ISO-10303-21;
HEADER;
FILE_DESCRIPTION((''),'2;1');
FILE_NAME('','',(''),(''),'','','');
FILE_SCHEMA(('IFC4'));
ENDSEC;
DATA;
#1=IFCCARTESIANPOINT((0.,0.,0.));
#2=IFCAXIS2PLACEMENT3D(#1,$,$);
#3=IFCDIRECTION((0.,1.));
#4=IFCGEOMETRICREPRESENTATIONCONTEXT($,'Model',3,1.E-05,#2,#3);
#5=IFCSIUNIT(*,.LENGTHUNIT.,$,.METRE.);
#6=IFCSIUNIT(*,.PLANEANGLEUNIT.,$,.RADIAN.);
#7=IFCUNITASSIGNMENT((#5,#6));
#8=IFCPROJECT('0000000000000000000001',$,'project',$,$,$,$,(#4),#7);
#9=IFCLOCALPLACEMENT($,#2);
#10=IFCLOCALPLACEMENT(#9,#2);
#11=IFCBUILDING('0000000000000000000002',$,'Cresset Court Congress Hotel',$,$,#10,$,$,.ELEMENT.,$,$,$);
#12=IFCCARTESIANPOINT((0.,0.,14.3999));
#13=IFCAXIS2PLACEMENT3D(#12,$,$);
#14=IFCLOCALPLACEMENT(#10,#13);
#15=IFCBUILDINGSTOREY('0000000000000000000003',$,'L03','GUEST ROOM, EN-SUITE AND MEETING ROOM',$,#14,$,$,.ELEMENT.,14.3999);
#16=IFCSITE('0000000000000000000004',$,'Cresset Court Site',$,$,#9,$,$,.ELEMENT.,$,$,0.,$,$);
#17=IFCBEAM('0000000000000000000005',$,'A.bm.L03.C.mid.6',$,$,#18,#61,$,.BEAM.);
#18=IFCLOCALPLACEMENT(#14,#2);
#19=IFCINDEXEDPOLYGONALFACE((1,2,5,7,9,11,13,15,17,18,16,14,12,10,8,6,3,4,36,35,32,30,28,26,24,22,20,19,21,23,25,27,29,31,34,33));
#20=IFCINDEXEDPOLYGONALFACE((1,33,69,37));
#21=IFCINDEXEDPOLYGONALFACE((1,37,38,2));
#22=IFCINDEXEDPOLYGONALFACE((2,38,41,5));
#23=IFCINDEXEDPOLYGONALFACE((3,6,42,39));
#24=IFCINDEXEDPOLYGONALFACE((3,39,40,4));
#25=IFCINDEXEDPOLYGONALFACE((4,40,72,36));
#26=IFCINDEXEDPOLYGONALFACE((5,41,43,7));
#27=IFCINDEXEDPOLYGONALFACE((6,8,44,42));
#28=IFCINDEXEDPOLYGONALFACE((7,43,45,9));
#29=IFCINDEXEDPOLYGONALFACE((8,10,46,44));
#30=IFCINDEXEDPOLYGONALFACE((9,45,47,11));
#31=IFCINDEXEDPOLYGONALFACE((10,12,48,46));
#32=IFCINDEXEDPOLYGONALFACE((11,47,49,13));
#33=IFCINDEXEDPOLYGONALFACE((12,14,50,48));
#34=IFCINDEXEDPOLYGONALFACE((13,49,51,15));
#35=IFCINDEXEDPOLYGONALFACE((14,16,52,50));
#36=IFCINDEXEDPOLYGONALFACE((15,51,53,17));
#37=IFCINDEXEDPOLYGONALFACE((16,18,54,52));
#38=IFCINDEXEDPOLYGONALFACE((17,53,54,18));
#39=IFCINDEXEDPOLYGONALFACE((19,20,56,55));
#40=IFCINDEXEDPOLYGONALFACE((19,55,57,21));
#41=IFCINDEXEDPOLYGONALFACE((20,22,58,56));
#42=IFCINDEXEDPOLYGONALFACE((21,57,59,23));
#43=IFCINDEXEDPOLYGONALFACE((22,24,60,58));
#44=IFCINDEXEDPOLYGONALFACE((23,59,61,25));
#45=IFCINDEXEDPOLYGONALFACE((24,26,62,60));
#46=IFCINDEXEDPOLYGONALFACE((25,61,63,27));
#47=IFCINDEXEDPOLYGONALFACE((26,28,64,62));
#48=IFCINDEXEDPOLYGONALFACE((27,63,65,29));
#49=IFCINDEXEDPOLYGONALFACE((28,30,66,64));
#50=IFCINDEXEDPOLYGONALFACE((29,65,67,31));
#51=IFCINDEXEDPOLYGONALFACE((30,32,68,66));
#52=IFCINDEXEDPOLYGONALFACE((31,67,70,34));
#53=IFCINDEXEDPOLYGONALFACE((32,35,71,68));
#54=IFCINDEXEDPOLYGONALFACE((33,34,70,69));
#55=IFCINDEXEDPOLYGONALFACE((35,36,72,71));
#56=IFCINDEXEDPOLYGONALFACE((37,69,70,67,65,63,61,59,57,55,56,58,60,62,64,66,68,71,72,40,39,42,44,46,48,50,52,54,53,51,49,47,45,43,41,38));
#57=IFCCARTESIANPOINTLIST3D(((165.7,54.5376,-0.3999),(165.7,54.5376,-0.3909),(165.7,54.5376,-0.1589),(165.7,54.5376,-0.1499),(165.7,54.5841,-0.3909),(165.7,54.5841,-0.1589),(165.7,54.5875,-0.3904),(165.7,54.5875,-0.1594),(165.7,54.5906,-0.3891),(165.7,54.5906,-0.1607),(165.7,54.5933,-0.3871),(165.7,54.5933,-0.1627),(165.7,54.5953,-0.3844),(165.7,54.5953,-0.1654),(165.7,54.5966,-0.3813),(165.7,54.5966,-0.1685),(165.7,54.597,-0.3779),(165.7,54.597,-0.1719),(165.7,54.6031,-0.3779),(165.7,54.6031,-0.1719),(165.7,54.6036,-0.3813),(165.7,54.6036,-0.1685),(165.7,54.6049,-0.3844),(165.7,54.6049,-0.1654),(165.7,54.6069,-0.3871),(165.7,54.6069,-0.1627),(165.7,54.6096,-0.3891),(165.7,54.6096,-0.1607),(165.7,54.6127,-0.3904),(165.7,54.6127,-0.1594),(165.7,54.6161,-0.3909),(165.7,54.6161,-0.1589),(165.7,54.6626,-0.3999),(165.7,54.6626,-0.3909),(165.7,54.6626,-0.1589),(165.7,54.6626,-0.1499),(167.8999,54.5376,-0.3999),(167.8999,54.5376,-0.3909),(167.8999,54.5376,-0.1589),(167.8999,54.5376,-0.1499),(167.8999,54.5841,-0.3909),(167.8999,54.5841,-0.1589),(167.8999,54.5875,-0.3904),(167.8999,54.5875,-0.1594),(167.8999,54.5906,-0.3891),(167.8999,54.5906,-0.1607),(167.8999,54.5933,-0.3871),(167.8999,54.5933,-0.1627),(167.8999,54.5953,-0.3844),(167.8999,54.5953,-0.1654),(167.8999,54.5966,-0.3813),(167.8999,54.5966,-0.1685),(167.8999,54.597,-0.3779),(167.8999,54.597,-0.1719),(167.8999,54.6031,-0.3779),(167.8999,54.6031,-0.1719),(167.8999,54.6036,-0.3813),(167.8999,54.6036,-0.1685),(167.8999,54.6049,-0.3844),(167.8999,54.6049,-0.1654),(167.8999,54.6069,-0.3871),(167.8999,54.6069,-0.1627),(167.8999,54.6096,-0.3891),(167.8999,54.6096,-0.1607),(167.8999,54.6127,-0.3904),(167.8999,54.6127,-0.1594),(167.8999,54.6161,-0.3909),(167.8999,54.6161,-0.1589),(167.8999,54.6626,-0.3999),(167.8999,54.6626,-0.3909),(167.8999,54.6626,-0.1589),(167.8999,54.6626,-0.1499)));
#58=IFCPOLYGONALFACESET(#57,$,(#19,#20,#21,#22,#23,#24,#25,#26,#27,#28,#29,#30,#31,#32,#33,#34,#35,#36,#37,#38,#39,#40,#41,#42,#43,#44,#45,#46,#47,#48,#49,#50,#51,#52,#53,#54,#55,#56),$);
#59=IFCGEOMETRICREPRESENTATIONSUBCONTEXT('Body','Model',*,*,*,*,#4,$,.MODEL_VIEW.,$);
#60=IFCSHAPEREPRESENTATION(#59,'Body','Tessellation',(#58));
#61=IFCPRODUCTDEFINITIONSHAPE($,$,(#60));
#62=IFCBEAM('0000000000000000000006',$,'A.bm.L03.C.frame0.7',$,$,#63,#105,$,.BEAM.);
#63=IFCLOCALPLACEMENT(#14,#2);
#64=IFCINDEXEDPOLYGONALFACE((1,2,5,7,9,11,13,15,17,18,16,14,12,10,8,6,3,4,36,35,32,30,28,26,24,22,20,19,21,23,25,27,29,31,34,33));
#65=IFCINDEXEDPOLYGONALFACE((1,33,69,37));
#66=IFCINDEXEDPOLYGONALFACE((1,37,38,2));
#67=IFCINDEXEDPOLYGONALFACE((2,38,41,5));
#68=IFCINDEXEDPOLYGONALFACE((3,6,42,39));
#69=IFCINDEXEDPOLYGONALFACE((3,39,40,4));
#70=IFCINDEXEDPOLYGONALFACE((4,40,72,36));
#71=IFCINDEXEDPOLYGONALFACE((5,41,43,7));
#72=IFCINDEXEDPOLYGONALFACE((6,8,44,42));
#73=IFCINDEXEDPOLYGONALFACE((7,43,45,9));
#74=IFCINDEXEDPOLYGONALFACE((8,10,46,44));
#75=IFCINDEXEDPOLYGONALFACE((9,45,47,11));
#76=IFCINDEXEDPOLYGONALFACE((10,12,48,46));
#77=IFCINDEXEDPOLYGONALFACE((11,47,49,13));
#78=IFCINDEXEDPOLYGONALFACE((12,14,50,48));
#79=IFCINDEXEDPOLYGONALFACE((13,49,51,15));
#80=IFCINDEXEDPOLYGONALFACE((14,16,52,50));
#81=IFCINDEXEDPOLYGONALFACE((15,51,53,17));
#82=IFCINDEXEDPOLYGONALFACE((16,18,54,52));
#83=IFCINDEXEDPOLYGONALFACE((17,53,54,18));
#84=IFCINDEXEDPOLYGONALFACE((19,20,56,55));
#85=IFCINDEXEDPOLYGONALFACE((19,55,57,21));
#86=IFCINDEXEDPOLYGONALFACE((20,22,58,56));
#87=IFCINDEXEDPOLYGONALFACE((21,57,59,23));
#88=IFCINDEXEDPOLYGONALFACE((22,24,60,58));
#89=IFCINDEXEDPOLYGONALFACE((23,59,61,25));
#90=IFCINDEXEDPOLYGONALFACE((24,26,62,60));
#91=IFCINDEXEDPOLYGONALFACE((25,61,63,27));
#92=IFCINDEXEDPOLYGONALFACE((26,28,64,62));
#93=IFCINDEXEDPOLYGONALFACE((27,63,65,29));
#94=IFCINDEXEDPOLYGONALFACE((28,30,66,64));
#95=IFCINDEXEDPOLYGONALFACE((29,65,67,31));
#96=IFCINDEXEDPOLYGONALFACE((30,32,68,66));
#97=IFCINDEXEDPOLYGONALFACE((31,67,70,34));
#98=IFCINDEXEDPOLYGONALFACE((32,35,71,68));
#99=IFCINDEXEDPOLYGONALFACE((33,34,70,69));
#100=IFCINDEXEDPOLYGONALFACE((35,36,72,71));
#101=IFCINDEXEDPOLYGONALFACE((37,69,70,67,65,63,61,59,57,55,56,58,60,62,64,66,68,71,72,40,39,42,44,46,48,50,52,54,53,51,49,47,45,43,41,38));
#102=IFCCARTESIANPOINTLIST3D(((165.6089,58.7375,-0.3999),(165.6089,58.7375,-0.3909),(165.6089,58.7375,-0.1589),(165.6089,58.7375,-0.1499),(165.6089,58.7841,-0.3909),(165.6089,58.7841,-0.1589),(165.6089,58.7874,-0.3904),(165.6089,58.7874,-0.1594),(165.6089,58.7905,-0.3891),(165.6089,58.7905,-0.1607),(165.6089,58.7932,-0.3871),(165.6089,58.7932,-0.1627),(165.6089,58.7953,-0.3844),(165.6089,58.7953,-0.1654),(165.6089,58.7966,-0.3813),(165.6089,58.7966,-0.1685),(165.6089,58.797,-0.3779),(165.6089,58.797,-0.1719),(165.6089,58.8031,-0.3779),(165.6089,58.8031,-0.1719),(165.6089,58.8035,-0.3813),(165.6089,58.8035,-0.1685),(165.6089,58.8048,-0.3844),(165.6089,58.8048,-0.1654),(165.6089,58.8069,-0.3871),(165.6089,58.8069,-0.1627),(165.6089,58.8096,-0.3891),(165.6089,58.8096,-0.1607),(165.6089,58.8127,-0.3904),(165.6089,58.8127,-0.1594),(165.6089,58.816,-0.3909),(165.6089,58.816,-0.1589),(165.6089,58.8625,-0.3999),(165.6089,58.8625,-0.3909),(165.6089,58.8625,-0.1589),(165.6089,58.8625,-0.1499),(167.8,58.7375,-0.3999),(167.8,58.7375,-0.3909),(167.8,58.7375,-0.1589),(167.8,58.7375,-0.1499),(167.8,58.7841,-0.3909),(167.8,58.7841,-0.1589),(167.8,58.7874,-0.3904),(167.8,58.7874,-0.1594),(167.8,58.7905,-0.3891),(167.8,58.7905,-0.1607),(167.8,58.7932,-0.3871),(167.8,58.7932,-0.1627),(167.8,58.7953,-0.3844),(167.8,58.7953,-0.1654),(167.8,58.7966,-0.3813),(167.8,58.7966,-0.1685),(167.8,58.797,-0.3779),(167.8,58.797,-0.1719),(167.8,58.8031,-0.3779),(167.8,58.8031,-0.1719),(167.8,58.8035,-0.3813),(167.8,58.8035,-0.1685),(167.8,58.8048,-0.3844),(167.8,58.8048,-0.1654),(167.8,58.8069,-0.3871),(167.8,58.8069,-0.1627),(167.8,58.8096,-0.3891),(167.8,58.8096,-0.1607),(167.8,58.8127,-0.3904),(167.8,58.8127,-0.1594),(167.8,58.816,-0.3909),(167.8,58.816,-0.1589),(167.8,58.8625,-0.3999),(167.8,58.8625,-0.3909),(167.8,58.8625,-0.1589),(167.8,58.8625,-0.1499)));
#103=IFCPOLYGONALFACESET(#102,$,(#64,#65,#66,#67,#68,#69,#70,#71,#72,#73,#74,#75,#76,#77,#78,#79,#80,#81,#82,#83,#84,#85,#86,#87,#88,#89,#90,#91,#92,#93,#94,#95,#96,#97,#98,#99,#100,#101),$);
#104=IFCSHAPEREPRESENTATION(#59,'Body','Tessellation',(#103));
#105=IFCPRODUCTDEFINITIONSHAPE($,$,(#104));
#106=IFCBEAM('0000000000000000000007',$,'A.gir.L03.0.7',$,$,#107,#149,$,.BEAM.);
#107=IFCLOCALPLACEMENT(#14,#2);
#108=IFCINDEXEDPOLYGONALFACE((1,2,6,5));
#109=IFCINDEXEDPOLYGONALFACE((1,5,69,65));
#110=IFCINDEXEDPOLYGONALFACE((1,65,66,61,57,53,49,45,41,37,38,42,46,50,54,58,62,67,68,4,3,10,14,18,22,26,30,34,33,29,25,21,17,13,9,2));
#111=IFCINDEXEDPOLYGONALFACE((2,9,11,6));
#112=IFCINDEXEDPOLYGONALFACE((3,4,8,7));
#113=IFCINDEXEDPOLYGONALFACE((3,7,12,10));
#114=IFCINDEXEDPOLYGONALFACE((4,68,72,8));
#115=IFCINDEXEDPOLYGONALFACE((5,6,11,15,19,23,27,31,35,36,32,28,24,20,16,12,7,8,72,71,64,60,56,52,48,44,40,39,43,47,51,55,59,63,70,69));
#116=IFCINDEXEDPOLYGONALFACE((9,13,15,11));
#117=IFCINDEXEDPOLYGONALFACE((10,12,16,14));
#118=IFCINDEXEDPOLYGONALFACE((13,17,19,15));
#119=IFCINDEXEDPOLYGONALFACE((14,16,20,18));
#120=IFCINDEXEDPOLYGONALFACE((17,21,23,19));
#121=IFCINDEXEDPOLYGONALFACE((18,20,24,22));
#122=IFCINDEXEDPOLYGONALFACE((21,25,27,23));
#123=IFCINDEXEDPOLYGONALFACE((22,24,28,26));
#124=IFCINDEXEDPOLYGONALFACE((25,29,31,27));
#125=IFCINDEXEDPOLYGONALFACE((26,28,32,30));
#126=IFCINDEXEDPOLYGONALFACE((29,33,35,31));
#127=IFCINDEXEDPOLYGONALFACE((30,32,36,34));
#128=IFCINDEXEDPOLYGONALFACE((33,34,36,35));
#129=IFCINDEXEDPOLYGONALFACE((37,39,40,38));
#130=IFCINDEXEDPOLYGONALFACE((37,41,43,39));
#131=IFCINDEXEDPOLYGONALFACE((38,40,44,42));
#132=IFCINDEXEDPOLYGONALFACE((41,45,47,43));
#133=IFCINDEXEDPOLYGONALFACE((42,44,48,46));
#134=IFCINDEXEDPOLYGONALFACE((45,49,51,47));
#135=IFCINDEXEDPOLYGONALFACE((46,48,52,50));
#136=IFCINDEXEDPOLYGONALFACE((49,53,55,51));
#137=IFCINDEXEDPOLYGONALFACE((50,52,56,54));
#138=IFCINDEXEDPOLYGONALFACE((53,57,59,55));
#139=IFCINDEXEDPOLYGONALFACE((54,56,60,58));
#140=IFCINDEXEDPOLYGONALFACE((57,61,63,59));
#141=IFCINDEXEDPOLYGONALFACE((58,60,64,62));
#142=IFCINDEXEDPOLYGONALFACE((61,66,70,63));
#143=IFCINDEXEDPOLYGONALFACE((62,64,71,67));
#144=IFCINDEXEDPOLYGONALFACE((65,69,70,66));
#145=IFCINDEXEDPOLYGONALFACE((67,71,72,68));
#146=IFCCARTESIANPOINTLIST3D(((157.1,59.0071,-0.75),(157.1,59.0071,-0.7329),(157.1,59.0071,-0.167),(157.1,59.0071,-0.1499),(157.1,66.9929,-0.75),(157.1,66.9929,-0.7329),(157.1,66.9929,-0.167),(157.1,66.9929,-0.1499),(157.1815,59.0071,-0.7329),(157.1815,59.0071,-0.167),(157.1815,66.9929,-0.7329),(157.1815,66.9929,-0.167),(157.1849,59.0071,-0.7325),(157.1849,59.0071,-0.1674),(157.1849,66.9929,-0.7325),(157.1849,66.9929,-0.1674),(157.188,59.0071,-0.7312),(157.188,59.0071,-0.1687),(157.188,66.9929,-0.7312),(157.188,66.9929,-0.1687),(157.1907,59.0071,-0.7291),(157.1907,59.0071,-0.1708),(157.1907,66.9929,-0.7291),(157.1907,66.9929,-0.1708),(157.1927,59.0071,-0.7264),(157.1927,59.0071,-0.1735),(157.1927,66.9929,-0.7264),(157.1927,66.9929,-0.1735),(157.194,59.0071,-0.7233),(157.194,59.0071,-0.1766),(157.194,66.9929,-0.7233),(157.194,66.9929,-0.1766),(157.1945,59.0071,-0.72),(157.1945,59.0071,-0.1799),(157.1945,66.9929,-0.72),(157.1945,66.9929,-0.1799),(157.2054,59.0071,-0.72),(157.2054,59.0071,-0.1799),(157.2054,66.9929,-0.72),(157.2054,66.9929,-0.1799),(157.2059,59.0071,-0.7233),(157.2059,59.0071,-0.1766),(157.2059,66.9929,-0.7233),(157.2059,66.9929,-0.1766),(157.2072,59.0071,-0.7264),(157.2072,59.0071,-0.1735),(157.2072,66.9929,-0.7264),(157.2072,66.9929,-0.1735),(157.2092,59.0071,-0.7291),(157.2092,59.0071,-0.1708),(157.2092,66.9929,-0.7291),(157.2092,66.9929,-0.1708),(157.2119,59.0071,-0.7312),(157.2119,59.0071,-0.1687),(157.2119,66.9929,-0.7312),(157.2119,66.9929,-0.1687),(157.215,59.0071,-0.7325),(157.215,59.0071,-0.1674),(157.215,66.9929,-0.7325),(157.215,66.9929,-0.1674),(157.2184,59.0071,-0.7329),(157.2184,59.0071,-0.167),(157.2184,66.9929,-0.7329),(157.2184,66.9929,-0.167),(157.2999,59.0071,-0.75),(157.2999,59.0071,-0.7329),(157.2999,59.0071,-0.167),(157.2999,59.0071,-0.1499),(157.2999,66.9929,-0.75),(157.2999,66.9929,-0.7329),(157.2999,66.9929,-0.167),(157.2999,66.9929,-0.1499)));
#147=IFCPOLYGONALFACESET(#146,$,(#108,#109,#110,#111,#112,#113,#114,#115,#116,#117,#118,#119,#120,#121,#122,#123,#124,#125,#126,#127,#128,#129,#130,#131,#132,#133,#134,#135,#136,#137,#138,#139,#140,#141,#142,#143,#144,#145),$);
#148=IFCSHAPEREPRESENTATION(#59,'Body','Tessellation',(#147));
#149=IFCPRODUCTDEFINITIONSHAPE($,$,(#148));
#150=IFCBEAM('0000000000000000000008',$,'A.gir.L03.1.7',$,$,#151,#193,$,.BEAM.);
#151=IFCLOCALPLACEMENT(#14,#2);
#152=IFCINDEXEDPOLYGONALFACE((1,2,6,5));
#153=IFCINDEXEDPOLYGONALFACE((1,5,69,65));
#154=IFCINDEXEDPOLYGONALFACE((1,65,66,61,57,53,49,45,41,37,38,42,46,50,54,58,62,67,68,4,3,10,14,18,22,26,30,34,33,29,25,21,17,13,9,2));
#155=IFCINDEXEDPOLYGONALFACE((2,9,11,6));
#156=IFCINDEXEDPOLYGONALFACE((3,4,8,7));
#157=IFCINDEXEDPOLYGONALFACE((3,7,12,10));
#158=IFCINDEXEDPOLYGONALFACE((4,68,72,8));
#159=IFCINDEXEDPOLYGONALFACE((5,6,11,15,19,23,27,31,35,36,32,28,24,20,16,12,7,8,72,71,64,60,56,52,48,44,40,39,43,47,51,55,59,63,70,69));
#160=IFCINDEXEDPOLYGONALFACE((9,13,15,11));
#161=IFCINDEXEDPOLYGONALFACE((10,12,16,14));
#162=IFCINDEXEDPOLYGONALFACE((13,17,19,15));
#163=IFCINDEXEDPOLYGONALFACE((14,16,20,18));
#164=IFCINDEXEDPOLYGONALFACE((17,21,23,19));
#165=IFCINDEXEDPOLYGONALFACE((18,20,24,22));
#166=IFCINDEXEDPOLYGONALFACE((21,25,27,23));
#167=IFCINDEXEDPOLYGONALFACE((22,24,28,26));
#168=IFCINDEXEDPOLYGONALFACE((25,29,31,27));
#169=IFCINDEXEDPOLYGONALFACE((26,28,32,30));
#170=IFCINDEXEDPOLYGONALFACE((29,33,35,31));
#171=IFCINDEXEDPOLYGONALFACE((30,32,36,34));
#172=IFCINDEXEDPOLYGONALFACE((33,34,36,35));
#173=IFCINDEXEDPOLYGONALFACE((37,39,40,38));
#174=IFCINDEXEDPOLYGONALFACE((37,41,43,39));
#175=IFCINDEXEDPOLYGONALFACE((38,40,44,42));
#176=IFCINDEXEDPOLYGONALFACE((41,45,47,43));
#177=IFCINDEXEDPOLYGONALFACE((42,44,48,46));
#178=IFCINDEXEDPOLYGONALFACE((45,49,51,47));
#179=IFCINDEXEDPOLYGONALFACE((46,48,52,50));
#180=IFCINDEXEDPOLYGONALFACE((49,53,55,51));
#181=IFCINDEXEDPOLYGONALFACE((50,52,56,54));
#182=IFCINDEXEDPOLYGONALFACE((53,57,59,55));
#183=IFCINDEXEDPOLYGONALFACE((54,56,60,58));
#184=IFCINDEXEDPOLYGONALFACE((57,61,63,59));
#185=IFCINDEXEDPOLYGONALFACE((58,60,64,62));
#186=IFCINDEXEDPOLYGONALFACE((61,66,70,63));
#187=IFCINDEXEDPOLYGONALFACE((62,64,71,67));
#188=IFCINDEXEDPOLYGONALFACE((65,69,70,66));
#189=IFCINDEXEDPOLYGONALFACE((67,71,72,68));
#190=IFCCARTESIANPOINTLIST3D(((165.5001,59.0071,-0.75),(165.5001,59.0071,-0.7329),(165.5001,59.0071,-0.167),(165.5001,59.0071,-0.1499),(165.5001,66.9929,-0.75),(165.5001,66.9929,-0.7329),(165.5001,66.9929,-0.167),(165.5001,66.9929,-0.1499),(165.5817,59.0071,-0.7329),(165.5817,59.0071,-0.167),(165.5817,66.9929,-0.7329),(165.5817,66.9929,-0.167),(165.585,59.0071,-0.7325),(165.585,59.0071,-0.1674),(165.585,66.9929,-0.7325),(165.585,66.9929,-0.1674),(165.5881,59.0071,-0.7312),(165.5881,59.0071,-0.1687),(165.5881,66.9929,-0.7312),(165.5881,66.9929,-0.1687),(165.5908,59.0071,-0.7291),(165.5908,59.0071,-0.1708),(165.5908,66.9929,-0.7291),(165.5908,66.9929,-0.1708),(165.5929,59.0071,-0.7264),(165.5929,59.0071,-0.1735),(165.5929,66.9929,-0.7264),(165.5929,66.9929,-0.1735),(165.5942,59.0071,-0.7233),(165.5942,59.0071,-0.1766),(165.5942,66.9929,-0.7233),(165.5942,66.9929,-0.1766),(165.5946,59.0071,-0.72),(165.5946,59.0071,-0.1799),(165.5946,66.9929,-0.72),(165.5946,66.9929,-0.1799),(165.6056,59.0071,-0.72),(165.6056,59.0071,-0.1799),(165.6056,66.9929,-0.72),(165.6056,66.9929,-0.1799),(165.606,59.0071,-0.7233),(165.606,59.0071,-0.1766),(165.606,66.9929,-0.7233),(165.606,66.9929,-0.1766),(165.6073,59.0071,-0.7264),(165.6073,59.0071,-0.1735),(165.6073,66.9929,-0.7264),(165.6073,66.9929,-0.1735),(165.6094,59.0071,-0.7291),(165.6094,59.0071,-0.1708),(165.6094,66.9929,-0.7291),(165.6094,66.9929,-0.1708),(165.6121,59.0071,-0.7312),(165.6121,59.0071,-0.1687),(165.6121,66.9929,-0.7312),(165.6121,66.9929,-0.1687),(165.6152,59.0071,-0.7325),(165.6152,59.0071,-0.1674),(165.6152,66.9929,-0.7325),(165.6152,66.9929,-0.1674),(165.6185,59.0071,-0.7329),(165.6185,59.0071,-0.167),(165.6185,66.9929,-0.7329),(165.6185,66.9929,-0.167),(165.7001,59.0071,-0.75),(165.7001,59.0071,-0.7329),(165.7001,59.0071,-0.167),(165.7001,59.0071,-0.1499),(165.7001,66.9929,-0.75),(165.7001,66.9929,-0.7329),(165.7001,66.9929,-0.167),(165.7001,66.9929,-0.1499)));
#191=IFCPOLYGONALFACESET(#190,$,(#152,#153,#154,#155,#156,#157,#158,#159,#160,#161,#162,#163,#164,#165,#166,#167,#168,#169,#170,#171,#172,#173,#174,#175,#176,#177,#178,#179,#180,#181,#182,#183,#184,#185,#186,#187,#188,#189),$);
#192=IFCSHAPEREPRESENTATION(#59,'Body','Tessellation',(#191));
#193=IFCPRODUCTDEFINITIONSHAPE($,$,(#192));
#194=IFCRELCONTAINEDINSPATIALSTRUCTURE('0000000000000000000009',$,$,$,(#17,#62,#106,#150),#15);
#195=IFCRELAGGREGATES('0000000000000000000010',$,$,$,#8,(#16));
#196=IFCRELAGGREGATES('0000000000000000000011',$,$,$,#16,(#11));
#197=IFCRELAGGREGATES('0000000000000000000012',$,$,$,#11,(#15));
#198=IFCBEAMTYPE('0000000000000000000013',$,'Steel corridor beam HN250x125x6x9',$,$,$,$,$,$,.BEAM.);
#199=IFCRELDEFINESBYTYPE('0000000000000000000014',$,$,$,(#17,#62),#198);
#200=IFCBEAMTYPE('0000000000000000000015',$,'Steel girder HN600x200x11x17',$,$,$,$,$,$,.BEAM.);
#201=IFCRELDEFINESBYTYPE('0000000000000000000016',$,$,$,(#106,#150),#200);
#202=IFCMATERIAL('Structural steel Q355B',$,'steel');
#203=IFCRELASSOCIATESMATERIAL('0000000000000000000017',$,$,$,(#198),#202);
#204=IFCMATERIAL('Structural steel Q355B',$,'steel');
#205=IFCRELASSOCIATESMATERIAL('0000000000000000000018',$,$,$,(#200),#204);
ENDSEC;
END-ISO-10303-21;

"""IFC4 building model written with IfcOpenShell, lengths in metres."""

from ifc_helpers import new_model, si_unit, direction, frame, origin, origin_2d, place, context, subcontext, project, spatial, i_section, extrude, material, material_profile, profile_set, type_object, element, save


model = new_model("IFC4")

# Units and contexts
model_context = context("Model", 3, precision=1e-05, world=origin(), true_north=direction((0.0, 1.0)))
body_context = subcontext(model_context, "Body", "Model", "MODEL_VIEW")
ifc_project = project(units=[si_unit("LENGTHUNIT", "METRE"), si_unit("PLANEANGLEUNIT", "RADIAN")], contexts=[model_context])

# Site, building, storey
site_placement = place(None, origin())
site = spatial("IfcSite", under=ifc_project, at=site_placement, Name="Cresset Court Site", CompositionType="ELEMENT", RefElevation=0.0)
building_placement = place(site_placement, origin())
building = spatial("IfcBuilding", under=site, at=building_placement, Name="Cresset Court Congress Hotel", CompositionType="ELEMENT")
storey_placement = place(building_placement, frame((0.0, 0.0, 14.3999)))
storey = spatial("IfcBuildingStorey", under=building, at=storey_placement, Name="L03", Description="GUEST ROOM, EN-SUITE AND MEETING ROOM", CompositionType="ELEMENT", Elevation=14.3999)

# Beams
ifc_material_1 = material(Name="Structural steel Q355B", Category="steel")
ifc_material_profile_1 = material_profile(ifc_material_1, i_section(OverallWidth=0.125, OverallDepth=0.25, WebThickness=0.0061, FlangeThickness=0.009, FilletRadius=0.0129, at=origin_2d()), Name="HN250x125x6x9")
ifc_profile_set_1 = profile_set([ifc_material_profile_1], Name="Structural steel Q355B")
beam_type_1 = type_object("IfcBeamType", Name="Steel corridor beam HN250x125x6x9", PredefinedType="BEAM", material=ifc_profile_set_1)
beam_1_placement = place(storey_placement, frame((165.7, 54.6001, -0.2749), z_axis=(1.0, 0.0, 0.0), x_axis=(0.0, 1.0, 0.0)))
element("IfcBeam", 1, at=beam_1_placement, inside=storey, type_object=beam_type_1, Name="A.bm.L03.C.mid.6", PredefinedType="BEAM", context=body_context, shape_type="SweptSolid", body=[
    extrude(i_section(OverallWidth=0.125, OverallDepth=0.25, WebThickness=0.0061, FlangeThickness=0.009, FilletRadius=0.0129, at=origin_2d()), origin(), (0.0, 0.0, 1.0), 2.2),
])
beam_2_placement = place(storey_placement, frame((165.6089, 58.8, -0.2749), z_axis=(1.0, 0.0, 0.0), x_axis=(0.0, 1.0, 0.0)))
element("IfcBeam", 2, at=beam_2_placement, inside=storey, type_object=beam_type_1, Name="A.bm.L03.C.frame0.7", PredefinedType="BEAM", context=body_context, shape_type="SweptSolid", body=[
    extrude(i_section(OverallWidth=0.125, OverallDepth=0.25, WebThickness=0.0061, FlangeThickness=0.009, FilletRadius=0.0129, at=origin_2d()), origin(), (0.0, 0.0, 1.0), 2.1912),
])
ifc_material_2 = material(Name="Structural steel Q355B", Category="steel")
ifc_material_profile_2 = material_profile(ifc_material_2, i_section(OverallWidth=0.2, OverallDepth=0.6001, WebThickness=0.011, FlangeThickness=0.0171, FilletRadius=0.0129, at=origin_2d()), Name="HN600x200x11x17")
ifc_profile_set_2 = profile_set([ifc_material_profile_2], Name="Structural steel Q355B")
beam_type_2 = type_object("IfcBeamType", Name="Steel girder HN600x200x11x17", PredefinedType="BEAM", material=ifc_profile_set_2)
for number, where, z_axis, x_axis, name in (
    (3, (157.2, 59.0071, -0.45), (0.0, 1.0, 0.0), (-1.0, 0.0, 0.0), "A.gir.L03.0.7"),
    (4, (165.6001, 59.0071, -0.45), (0.0, 1.0, 0.0), (-1.0, 0.0, 0.0), "A.gir.L03.1.7"),
):
    element("IfcBeam", number, at=place(storey_placement, frame(where, z_axis=z_axis, x_axis=x_axis)), inside=storey, type_object=beam_type_2, Name=name, PredefinedType="BEAM", context=body_context, shape_type="SweptSolid", body=[
        extrude(i_section(OverallWidth=0.2, OverallDepth=0.6001, WebThickness=0.011, FlangeThickness=0.0171, FilletRadius=0.0129, at=origin_2d()), origin(), (0.0, 0.0, 1.0), 7.9858),
    ])

save(model, "model.ifc")
